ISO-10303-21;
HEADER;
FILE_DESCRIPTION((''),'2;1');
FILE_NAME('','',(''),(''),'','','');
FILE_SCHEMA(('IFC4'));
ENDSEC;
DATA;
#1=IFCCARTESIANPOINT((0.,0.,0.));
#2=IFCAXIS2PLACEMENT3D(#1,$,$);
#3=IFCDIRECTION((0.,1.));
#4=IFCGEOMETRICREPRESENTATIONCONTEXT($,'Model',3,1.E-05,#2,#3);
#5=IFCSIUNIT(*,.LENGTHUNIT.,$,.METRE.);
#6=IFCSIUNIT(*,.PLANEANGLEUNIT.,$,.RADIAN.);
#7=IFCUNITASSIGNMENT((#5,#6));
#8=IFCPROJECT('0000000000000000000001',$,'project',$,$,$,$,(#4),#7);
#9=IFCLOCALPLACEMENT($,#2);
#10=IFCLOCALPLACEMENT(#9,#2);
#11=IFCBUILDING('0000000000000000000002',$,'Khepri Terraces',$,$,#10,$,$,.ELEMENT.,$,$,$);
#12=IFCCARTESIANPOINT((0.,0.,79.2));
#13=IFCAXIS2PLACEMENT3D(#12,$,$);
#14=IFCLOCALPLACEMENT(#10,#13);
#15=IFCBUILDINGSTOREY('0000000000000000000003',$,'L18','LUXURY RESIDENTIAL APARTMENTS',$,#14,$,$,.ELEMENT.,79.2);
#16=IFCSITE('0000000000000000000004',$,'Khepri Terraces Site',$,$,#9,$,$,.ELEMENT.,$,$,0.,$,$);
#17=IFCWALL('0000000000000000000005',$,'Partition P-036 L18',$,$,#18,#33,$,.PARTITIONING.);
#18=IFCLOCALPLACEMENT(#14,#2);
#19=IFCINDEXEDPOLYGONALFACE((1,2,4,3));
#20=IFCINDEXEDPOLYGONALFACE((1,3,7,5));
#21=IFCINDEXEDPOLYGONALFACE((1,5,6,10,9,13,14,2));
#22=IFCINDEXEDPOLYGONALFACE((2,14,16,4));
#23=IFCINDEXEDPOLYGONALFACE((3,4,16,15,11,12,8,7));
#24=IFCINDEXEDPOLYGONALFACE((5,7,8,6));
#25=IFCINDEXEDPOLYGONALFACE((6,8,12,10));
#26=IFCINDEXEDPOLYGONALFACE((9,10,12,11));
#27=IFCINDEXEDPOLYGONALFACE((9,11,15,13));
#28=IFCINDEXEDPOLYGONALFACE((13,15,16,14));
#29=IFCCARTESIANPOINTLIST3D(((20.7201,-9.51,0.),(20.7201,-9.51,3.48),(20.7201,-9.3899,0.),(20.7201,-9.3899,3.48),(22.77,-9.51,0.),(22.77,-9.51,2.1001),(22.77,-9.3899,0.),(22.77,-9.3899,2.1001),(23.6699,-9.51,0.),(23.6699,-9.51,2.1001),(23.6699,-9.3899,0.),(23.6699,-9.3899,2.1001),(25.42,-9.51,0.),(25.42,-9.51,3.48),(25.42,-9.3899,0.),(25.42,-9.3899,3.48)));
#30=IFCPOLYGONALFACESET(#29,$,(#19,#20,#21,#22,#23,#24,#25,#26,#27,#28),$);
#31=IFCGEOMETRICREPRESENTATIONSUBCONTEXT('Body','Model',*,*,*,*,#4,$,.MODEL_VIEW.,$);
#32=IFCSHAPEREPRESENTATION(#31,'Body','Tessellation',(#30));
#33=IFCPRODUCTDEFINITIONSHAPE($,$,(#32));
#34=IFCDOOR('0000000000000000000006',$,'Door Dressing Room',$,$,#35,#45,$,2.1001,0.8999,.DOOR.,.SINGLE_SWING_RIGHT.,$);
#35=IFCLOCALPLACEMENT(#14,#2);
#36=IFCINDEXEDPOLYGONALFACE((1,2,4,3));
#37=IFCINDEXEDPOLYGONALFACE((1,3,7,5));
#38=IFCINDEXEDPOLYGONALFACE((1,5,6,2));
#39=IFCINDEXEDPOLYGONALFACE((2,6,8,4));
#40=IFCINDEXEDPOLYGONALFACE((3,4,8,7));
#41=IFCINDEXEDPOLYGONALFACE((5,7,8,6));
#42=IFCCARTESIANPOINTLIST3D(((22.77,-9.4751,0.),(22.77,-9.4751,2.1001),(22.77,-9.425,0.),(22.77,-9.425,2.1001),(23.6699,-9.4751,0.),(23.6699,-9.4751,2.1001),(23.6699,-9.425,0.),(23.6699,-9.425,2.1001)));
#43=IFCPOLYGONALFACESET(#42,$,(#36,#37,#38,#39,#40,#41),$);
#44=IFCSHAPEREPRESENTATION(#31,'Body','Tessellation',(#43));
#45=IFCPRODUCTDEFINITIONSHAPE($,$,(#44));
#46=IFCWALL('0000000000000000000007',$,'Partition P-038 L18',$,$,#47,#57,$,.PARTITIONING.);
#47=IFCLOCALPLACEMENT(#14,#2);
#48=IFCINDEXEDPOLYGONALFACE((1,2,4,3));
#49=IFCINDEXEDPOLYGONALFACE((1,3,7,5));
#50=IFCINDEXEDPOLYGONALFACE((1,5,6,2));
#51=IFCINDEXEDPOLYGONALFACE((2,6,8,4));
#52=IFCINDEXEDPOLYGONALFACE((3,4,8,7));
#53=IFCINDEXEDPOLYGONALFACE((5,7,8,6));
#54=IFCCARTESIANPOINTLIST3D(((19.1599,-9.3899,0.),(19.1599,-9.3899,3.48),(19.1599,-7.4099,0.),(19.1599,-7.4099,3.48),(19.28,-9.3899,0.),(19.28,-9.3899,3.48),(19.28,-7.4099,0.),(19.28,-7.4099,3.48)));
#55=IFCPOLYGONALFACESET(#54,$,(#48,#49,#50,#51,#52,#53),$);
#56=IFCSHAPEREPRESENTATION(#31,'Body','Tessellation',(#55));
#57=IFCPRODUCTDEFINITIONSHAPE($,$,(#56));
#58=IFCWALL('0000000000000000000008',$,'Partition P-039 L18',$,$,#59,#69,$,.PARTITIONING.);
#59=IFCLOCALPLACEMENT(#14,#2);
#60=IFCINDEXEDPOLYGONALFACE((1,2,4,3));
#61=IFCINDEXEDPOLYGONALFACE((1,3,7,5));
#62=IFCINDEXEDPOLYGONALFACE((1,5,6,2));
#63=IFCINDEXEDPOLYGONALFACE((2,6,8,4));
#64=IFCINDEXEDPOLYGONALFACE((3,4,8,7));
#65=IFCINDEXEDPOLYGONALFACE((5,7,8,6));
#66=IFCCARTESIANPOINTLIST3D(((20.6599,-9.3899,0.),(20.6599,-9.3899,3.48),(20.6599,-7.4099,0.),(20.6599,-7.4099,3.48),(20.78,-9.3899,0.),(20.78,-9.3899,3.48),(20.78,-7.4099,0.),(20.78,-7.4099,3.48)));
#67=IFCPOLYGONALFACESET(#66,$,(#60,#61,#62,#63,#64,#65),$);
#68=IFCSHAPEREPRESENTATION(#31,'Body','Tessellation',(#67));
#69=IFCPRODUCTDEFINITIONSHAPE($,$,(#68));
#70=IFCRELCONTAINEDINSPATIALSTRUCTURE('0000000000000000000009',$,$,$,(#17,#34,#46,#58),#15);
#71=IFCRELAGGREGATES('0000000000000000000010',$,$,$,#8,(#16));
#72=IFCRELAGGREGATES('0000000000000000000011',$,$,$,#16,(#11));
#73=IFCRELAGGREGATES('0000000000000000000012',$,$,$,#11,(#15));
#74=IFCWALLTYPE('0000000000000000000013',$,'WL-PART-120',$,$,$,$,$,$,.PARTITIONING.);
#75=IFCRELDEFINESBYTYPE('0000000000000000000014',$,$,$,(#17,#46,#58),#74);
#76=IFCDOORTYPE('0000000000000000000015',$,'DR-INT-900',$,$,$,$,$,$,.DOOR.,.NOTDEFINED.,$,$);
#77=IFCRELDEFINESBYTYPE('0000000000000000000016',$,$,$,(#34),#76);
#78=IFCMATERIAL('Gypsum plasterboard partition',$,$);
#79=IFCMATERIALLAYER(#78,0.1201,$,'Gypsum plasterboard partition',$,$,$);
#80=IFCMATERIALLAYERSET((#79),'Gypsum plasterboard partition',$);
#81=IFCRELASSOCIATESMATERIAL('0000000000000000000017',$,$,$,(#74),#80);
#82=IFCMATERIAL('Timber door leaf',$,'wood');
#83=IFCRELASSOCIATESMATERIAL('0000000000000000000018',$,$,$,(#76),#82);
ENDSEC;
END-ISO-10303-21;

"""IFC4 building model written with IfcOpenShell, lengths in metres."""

from ifc_helpers import new_model, si_unit, direction, frame, frame_2d, origin, place, context, subcontext, project, spatial, rectangle, extrude, material, layer, layer_set, type_object, element, fill, save


model = new_model("IFC4")

# Units and contexts
model_context = context("Model", 3, precision=1e-05, world=origin(), true_north=direction((0.0, 1.0)))
body_context = subcontext(model_context, "Body", "Model", "MODEL_VIEW")
ifc_project = project(units=[si_unit("LENGTHUNIT", "METRE"), si_unit("PLANEANGLEUNIT", "RADIAN")], contexts=[model_context])

# Site, building, storey
site_placement = place(None, origin())
site = spatial("IfcSite", under=ifc_project, at=site_placement, Name="Khepri Terraces Site", CompositionType="ELEMENT", RefElevation=0.0)
building_placement = place(site_placement, origin())
building = spatial("IfcBuilding", under=site, at=building_placement, Name="Khepri Terraces", CompositionType="ELEMENT")
storey_placement = place(building_placement, frame((0.0, 0.0, 79.2)))
storey = spatial("IfcBuildingStorey", under=building, at=storey_placement, Name="L18", Description="LUXURY RESIDENTIAL APARTMENTS", CompositionType="ELEMENT", Elevation=79.2)

# Shared definitions
ifc_material_1 = material(Name="Gypsum plasterboard partition")
ifc_layer = layer(ifc_material_1, 0.1201, Name="Gypsum plasterboard partition")
ifc_layer_set = layer_set([ifc_layer], Name="Gypsum plasterboard partition")
wall_type = type_object("IfcWallType", Name="WL-PART-120", PredefinedType="PARTITIONING", material=ifc_layer_set)

# Wall, opening, door
ifc_material_2 = material(Name="Timber door leaf", Category="wood")
door_type_1 = type_object("IfcDoorType", Name="DR-INT-900", OperationType="NOTDEFINED", PredefinedType="DOOR", material=ifc_material_2)
wall_1_placement = place(storey_placement, frame((20.72, -9.45, 0.0), z_axis=(0.0, 0.0, 1.0), x_axis=(1.0, 0.0, 0.0)))
wall_1 = element("IfcWall", 1, at=wall_1_placement, inside=storey, type_object=wall_type, Name="Partition P-036 L18", PredefinedType="PARTITIONING", context=body_context, shape_type="SweptSolid", body=[
    extrude(rectangle(XDim=4.7, YDim=0.1201, at=frame_2d((2.3501, 0.0))), origin(), (0.0, 0.0, 1.0), 3.48),
])
opening_1_placement = place(wall_1_placement, frame((2.05, 0.0, 0.0)))
opening_1 = element("IfcOpeningElement", 2, at=opening_1_placement, cuts=wall_1, PredefinedType="OPENING", context=body_context, shape_type="SweptSolid", body=[
    extrude(rectangle(XDim=0.8999, YDim=2.1001, at=frame_2d((0.45, 1.05))), frame((0.0, 0.0701, 0.0), z_axis=(0.0, -1.0, 0.0), x_axis=(1.0, 0.0, 0.0)), (0.0, 0.0, 1.0), 0.1401),
])
door_1_placement = place(opening_1_placement, origin())
door_1 = element("IfcDoor", 3, at=door_1_placement, inside=storey, type_object=door_type_1, Name="Door Dressing Room", OperationType="SINGLE_SWING_RIGHT", OverallHeight=2.1001, OverallWidth=0.8999, PredefinedType="DOOR", context=body_context, shape_type="SweptSolid", body=[
    extrude(rectangle(XDim=0.8999, YDim=2.1001, at=frame_2d((0.45, 1.05))), frame((0.0, 0.0249, 0.0), z_axis=(0.0, -1.0, 0.0), x_axis=(1.0, 0.0, 0.0)), (0.0, 0.0, 1.0), 0.05),
])
fill(opening_1, door_1)

# Walls
for number, where, z_axis, x_axis, name in (
    (4, (19.22, -9.3899, 0.0), (0.0, 0.0, 1.0), (0.0, 1.0, 0.0), "Partition P-038 L18"),
    (5, (20.72, -9.3899, 0.0), (0.0, 0.0, 1.0), (0.0, 1.0, 0.0), "Partition P-039 L18"),
):
    element("IfcWall", number, at=place(storey_placement, frame(where, z_axis=z_axis, x_axis=x_axis)), inside=storey, type_object=wall_type, Name=name, PredefinedType="PARTITIONING", context=body_context, shape_type="SweptSolid", body=[
        extrude(rectangle(XDim=1.98, YDim=0.1201, at=frame_2d((0.99, 0.0))), origin(), (0.0, 0.0, 1.0), 3.48),
    ])

save(model, "model.ifc")
